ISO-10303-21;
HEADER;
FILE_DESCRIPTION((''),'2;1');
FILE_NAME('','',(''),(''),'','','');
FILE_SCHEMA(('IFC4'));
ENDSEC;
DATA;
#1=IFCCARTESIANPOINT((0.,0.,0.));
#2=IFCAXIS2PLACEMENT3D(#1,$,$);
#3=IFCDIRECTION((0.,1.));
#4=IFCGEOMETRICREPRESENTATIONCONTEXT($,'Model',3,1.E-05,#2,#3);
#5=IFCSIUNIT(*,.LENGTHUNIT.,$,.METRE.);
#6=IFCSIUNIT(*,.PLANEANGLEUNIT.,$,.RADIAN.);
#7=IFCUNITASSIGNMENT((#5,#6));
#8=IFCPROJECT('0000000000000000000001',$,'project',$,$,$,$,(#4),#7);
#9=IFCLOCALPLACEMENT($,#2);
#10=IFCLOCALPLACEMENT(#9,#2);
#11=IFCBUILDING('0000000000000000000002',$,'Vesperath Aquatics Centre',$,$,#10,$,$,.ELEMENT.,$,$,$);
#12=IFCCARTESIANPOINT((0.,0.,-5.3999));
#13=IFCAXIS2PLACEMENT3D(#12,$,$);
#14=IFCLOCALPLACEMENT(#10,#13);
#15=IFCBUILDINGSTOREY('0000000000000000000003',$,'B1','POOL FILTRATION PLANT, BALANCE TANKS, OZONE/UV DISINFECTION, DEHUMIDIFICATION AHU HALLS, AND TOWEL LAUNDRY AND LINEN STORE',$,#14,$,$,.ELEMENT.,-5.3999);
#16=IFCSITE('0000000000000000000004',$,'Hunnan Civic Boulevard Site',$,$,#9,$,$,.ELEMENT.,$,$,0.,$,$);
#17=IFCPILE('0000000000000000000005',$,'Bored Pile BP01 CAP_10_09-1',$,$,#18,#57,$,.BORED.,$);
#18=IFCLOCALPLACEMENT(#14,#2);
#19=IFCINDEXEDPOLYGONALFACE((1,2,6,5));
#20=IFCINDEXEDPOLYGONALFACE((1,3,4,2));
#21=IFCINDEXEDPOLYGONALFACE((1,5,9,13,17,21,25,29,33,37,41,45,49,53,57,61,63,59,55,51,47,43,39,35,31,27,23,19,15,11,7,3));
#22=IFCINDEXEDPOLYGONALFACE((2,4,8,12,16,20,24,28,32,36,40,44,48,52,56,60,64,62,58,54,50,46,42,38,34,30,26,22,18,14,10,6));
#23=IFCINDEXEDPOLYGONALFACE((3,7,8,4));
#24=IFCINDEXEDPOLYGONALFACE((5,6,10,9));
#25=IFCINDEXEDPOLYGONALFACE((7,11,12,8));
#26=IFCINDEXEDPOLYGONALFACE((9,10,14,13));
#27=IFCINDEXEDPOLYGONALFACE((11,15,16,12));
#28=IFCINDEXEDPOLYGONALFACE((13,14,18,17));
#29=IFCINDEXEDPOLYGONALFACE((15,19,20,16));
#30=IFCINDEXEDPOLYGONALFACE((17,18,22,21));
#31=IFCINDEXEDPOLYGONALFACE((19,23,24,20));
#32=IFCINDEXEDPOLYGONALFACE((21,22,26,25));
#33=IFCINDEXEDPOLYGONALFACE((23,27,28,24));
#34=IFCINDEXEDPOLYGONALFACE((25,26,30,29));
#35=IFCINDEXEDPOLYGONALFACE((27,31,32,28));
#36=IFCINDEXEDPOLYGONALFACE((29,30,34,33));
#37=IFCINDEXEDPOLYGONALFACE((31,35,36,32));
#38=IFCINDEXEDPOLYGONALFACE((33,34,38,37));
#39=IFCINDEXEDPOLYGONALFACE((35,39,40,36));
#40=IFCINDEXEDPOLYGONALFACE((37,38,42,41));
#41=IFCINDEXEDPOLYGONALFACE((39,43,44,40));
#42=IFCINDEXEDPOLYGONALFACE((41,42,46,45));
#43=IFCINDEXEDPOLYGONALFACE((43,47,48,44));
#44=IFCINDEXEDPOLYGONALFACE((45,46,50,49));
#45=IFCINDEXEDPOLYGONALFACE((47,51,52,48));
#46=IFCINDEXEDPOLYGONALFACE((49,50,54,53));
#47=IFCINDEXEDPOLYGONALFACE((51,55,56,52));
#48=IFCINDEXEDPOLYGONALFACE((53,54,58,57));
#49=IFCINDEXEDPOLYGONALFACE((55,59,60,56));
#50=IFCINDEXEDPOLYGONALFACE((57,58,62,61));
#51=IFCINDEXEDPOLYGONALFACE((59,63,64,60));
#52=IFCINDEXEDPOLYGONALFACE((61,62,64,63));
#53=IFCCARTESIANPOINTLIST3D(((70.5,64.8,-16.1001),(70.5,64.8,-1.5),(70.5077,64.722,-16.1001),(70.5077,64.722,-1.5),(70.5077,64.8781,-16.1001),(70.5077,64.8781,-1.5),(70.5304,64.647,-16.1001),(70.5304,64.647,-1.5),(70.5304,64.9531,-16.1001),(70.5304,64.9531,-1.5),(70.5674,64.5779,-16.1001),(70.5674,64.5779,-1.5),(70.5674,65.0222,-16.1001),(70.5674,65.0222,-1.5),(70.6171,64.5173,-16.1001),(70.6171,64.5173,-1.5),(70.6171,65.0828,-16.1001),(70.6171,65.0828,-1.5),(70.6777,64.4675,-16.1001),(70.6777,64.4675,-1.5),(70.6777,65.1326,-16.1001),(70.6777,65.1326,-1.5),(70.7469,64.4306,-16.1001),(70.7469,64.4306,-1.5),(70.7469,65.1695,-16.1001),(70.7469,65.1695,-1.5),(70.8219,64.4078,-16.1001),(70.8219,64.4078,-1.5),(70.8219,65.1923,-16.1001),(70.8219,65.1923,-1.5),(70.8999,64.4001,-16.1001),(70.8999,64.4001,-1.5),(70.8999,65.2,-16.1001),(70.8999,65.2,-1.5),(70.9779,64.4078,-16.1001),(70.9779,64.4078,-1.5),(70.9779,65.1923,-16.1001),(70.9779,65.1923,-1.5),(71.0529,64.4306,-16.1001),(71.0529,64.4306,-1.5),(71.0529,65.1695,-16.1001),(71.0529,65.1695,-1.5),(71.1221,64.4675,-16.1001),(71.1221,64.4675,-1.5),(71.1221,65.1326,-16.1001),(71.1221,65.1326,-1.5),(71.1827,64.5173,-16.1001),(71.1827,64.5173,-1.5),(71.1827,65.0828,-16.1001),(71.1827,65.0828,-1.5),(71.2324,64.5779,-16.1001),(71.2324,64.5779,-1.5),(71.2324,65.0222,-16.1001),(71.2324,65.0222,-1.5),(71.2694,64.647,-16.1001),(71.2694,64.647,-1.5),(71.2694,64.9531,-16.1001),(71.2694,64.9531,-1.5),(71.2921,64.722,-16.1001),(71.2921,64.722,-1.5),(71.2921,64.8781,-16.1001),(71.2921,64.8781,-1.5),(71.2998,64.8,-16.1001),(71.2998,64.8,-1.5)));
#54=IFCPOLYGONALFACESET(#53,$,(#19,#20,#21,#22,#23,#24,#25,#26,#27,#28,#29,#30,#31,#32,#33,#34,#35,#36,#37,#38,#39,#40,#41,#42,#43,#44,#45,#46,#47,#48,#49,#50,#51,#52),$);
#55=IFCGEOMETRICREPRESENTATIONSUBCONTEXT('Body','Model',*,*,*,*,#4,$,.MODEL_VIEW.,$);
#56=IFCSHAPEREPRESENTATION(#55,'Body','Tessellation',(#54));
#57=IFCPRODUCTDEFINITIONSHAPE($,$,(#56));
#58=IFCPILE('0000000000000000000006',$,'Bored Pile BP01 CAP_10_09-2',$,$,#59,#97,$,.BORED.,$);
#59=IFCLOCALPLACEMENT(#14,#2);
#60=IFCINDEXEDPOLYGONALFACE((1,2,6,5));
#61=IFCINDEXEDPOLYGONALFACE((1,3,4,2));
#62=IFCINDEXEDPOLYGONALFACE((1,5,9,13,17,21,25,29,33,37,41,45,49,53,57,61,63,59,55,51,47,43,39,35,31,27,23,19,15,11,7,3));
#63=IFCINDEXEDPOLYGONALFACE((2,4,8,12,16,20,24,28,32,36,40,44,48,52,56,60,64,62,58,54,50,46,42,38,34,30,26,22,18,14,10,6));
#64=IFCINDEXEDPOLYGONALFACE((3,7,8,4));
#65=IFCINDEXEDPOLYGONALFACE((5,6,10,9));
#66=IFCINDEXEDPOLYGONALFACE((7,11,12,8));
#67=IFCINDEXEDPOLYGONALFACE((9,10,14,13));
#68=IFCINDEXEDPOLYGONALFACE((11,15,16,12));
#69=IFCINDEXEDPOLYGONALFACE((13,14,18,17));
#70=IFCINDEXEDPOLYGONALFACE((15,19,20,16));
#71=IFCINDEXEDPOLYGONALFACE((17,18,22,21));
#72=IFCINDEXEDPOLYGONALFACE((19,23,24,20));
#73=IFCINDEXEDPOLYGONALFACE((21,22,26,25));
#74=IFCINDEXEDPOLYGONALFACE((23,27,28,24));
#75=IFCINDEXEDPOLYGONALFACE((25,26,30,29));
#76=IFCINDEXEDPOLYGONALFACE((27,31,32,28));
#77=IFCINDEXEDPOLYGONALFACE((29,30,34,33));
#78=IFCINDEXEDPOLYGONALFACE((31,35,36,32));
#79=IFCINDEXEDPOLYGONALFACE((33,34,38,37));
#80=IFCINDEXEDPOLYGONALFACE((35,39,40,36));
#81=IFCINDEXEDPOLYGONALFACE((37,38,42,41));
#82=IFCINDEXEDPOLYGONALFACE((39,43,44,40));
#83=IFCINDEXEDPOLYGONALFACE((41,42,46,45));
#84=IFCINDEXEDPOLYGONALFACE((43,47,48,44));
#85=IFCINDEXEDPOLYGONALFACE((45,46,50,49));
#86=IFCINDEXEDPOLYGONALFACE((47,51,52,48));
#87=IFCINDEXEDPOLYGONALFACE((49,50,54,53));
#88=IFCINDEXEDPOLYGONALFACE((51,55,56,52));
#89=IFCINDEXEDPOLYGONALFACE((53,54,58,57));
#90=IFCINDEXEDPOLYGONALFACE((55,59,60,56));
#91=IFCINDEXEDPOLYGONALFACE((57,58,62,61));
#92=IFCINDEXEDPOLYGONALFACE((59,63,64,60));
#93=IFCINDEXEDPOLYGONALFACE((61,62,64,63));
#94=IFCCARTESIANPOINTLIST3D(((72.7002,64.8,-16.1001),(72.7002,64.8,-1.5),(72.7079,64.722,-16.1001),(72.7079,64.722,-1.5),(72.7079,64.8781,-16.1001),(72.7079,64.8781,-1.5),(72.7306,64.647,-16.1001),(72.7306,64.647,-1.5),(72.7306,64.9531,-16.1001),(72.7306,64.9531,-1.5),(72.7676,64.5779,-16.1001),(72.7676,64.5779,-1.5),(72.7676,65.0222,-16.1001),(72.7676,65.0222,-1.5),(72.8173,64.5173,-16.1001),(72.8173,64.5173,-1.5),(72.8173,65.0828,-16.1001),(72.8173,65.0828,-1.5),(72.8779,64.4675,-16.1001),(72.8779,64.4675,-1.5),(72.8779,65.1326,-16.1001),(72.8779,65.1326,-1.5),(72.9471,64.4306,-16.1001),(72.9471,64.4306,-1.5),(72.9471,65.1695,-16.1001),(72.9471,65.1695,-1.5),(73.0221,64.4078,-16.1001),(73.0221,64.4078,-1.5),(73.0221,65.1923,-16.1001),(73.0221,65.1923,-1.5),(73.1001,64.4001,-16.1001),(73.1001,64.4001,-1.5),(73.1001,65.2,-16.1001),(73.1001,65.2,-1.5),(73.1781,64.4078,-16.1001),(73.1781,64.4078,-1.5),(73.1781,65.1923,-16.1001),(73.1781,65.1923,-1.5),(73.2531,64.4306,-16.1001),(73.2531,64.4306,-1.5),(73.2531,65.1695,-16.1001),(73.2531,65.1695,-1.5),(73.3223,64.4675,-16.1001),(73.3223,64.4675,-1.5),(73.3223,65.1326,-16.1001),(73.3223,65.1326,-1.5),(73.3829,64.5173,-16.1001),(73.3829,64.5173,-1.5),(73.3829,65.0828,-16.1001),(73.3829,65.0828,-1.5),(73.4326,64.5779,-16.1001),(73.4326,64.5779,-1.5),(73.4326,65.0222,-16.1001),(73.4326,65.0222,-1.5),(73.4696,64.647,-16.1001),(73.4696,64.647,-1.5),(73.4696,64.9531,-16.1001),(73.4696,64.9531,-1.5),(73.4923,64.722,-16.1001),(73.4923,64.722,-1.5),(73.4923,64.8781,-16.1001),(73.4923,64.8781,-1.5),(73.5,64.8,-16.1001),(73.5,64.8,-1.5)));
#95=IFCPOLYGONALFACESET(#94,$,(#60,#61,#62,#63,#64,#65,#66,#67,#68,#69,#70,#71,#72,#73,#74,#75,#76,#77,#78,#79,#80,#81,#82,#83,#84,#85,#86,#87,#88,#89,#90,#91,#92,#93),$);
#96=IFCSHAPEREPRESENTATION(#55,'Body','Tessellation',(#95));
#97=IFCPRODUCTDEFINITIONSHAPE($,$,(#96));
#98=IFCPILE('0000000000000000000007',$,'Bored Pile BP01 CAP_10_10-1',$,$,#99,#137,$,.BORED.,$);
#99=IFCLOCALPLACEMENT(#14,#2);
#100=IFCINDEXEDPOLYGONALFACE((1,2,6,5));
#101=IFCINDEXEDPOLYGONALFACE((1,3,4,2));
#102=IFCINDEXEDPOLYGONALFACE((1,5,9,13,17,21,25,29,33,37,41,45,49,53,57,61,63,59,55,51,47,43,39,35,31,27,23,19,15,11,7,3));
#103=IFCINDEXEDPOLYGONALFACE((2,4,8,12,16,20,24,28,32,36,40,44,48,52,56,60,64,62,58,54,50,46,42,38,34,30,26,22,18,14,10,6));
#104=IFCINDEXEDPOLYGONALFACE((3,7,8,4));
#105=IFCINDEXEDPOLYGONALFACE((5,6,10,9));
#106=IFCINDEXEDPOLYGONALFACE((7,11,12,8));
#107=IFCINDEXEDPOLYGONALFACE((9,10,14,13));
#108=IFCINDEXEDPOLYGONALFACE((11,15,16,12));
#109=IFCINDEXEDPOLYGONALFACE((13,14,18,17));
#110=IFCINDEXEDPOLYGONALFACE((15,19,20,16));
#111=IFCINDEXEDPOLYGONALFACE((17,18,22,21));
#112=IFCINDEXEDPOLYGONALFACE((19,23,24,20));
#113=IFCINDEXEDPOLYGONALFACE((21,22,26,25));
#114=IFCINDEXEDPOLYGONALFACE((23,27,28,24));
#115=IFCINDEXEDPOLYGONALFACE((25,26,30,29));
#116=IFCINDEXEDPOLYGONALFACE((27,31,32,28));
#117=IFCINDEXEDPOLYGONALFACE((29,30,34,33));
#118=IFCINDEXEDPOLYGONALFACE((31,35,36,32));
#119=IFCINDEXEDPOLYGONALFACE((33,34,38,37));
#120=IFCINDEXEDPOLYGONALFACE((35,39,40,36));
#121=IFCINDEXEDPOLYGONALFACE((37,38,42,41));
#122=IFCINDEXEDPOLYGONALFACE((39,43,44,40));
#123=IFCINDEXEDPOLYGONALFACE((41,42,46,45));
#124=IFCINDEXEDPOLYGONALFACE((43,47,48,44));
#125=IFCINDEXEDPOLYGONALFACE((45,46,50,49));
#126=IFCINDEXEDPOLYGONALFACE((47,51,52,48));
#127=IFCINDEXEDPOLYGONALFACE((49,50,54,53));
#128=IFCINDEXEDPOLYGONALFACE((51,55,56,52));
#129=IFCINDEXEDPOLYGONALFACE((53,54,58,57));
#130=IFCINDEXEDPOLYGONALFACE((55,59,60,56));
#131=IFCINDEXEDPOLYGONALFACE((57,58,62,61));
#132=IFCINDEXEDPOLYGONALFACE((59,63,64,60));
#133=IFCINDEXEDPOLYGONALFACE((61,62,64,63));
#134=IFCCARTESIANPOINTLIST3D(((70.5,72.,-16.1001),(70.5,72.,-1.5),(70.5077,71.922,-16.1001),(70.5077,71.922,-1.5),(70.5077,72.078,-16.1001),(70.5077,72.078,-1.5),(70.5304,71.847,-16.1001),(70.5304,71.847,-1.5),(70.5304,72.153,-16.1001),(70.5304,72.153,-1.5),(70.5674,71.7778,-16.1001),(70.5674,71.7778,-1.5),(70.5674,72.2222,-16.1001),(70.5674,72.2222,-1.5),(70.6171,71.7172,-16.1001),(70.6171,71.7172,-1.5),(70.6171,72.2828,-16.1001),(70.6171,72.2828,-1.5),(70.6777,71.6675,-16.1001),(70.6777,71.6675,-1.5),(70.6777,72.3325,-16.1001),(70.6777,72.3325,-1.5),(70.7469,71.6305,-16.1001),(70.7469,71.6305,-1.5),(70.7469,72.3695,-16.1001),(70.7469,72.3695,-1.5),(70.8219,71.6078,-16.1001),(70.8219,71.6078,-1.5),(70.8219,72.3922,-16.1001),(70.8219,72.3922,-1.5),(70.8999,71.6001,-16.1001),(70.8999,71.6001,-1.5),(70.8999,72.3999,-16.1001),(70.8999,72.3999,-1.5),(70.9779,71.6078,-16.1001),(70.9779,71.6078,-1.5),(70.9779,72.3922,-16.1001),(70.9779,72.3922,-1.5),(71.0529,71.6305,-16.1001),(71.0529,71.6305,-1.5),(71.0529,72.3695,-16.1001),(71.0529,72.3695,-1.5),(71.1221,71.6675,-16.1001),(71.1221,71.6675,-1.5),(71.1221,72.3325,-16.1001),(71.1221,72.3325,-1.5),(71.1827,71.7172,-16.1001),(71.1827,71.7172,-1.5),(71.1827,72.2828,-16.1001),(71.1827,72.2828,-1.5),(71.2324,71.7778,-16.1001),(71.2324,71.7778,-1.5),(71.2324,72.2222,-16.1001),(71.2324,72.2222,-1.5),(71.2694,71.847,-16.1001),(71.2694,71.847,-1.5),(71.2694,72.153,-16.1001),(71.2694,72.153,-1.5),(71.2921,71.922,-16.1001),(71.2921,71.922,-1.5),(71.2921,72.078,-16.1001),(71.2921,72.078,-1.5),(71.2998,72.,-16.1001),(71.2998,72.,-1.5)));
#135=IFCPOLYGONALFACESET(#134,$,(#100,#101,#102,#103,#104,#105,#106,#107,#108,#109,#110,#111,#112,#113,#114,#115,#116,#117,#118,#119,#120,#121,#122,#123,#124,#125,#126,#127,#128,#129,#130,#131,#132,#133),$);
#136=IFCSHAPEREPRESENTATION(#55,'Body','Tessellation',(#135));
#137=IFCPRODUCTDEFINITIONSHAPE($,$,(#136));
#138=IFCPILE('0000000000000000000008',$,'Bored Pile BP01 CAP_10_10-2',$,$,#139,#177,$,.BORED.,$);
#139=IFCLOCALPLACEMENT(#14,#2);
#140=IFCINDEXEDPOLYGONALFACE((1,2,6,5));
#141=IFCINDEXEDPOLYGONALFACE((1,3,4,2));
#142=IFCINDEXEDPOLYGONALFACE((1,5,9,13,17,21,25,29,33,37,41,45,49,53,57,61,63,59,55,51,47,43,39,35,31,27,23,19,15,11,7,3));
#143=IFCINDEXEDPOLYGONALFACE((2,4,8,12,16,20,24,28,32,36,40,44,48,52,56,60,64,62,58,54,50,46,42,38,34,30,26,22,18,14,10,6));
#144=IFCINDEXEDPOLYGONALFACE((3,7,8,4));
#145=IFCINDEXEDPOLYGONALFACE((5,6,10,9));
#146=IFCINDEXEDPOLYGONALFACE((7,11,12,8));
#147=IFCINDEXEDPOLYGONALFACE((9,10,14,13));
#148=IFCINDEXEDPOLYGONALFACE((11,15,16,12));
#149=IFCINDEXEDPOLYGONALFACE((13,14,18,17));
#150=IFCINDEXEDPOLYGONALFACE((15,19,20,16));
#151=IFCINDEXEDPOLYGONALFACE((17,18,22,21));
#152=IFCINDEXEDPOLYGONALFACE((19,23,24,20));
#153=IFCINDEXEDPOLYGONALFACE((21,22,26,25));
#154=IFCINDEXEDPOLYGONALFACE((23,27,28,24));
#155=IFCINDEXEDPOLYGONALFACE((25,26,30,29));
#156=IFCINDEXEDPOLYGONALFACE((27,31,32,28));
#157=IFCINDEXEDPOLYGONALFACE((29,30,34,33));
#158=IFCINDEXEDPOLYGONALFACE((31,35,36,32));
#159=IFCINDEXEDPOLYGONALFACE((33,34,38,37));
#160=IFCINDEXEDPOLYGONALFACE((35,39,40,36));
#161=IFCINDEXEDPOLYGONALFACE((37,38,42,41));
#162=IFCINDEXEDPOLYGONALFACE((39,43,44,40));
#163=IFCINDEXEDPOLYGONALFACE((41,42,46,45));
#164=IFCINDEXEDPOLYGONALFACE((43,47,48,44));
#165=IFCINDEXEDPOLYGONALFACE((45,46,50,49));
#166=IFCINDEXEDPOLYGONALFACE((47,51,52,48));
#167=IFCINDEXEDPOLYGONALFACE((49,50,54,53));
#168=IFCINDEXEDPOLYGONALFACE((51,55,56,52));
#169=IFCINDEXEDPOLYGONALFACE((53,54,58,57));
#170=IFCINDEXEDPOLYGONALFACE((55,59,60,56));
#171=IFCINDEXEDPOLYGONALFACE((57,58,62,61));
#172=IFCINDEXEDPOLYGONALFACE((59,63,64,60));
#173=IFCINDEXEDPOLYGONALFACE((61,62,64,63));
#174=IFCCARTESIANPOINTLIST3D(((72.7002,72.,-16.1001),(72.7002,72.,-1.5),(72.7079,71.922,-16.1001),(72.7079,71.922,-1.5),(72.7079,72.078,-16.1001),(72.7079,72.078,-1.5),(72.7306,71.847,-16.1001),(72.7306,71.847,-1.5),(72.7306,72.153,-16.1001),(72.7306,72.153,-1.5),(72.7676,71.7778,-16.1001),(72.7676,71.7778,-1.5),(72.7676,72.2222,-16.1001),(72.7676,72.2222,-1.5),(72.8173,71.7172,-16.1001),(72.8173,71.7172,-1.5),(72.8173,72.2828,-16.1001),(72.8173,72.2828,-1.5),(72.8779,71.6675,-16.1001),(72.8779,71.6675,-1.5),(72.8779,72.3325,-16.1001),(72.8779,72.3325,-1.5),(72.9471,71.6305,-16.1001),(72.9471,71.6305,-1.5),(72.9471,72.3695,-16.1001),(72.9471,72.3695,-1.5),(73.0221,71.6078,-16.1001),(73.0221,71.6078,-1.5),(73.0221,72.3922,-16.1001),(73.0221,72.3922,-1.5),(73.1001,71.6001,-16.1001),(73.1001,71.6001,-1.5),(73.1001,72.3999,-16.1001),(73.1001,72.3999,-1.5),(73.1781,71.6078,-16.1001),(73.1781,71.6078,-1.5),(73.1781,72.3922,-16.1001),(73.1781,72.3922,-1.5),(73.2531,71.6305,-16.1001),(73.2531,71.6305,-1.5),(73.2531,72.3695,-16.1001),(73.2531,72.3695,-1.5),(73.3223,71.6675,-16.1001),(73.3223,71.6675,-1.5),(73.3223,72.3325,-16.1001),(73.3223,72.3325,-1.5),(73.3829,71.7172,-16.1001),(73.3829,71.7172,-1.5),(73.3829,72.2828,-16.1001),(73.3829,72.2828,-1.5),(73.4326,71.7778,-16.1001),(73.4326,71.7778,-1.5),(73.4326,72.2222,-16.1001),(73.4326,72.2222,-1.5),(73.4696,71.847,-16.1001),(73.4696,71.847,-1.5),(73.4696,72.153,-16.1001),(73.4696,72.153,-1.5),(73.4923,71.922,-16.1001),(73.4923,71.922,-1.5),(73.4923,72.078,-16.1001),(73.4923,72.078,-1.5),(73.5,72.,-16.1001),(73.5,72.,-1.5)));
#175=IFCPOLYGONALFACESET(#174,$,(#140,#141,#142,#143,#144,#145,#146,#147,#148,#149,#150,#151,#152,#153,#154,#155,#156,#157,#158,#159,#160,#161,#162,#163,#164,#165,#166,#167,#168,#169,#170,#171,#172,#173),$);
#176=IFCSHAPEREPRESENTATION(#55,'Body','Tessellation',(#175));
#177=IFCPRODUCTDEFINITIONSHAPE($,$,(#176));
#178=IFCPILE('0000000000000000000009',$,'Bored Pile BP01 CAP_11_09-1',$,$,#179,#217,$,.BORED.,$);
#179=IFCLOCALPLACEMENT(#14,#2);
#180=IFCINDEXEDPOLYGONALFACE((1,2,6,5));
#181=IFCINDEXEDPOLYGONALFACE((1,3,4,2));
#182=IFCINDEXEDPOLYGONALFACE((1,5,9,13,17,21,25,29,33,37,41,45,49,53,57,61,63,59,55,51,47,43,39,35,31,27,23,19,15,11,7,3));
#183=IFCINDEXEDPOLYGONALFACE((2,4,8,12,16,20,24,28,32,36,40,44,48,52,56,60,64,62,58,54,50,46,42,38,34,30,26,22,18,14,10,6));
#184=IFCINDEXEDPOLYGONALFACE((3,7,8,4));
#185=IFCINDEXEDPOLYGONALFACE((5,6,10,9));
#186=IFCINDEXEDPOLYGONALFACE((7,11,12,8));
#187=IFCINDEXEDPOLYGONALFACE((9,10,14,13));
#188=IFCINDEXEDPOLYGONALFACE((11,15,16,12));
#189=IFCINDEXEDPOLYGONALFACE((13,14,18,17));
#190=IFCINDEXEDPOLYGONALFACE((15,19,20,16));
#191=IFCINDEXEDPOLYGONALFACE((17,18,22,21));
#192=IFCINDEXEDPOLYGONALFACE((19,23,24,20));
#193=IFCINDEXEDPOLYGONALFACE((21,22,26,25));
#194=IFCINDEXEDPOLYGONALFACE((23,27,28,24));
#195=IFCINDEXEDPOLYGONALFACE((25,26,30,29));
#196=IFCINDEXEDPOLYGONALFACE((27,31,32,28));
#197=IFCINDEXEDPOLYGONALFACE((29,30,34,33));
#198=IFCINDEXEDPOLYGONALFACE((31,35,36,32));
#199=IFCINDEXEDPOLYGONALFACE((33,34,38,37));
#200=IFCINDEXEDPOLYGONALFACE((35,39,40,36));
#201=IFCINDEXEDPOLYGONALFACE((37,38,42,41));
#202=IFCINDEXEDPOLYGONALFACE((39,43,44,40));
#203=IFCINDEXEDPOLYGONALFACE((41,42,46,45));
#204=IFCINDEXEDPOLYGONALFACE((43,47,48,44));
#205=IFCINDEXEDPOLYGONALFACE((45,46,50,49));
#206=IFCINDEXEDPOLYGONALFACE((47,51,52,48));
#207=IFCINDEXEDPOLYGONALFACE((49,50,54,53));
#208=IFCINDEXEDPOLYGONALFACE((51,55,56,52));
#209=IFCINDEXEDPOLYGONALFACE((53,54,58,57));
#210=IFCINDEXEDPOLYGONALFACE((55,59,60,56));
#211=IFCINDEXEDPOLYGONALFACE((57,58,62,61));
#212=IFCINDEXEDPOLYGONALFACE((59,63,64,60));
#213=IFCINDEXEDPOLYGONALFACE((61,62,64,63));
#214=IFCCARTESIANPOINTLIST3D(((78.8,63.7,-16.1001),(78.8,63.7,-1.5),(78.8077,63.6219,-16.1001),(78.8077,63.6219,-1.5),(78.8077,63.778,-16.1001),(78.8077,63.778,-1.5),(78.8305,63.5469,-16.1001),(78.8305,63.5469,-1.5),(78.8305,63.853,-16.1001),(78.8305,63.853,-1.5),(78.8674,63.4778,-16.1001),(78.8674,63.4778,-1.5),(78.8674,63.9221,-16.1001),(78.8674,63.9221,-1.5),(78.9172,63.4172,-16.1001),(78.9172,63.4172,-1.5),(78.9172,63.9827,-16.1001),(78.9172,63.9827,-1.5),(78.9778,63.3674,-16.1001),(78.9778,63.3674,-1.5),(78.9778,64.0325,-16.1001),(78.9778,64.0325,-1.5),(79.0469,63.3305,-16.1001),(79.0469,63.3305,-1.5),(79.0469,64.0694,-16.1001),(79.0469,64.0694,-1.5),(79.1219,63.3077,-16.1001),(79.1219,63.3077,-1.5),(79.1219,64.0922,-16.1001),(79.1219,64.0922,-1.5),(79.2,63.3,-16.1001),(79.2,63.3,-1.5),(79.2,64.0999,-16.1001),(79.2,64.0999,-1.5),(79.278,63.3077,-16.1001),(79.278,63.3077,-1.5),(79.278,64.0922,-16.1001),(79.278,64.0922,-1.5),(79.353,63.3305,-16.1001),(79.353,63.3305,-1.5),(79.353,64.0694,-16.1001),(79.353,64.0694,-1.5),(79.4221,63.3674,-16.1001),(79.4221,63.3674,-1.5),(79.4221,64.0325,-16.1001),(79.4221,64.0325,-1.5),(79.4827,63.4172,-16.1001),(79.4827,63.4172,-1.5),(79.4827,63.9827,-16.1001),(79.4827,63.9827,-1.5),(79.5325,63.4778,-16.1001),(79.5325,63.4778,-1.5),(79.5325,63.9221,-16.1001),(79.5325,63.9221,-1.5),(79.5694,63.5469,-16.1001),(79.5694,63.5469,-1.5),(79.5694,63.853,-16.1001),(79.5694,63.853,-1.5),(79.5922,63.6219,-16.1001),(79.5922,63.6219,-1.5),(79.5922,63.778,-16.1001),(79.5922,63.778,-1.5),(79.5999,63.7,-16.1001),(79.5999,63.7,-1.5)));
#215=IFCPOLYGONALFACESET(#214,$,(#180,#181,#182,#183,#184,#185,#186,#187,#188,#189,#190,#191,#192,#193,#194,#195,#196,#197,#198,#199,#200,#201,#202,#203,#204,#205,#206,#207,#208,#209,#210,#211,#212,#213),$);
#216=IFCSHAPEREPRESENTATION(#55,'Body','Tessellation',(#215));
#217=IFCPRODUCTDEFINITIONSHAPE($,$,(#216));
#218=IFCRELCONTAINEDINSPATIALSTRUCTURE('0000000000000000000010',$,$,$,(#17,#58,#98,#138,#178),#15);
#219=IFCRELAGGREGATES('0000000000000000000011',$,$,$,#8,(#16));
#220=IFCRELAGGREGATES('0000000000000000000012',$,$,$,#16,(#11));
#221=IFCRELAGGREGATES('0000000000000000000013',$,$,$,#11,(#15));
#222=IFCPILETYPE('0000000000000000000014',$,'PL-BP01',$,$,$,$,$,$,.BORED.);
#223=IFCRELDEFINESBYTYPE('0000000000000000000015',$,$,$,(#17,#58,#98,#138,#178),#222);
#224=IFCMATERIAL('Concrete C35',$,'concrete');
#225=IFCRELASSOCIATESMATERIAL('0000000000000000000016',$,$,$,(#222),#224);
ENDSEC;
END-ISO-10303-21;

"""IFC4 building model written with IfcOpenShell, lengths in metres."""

from ifc_helpers import new_model, si_unit, direction, frame, origin, origin_2d, place, context, subcontext, project, spatial, circle, extrude, material, material_profile, profile_set, type_object, element, save


model = new_model("IFC4")

# Units and contexts
model_context = context("Model", 3, precision=1e-05, world=origin(), true_north=direction((0.0, 1.0)))
body_context = subcontext(model_context, "Body", "Model", "MODEL_VIEW")
ifc_project = project(units=[si_unit("LENGTHUNIT", "METRE"), si_unit("PLANEANGLEUNIT", "RADIAN")], contexts=[model_context])

# Site, building, storey
site_placement = place(None, origin())
site = spatial("IfcSite", under=ifc_project, at=site_placement, Name="Hunnan Civic Boulevard Site", CompositionType="ELEMENT", RefElevation=0.0)
building_placement = place(site_placement, origin())
building = spatial("IfcBuilding", under=site, at=building_placement, Name="Vesperath Aquatics Centre", CompositionType="ELEMENT")
storey_placement = place(building_placement, frame((0.0, 0.0, -5.3999)))
storey = spatial("IfcBuildingStorey", under=building, at=storey_placement, Name="B1", Description="POOL FILTRATION PLANT, BALANCE TANKS, OZONE/UV DISINFECTION, DEHUMIDIFICATION AHU HALLS, AND TOWEL LAUNDRY AND LINEN STORE", CompositionType="ELEMENT", Elevation=-5.3999)

# Piles
ifc_material_1 = material(Name="Concrete C35", Category="concrete")
ifc_material_profile_1 = material_profile(ifc_material_1, circle(Radius=0.3999, at=origin_2d()), Name="PILE D800")
ifc_profile_set_1 = profile_set([ifc_material_profile_1], Name="Concrete C35")
pile_type = type_object("IfcPileType", Name="PL-BP01", PredefinedType="BORED", material=ifc_profile_set_1)
for number, where, z_axis, x_axis, name in (
    (1, (70.8999, 64.8, -1.5), (0.0, 0.0, -1.0), (1.0, 0.0, 0.0), "Bored Pile BP01 CAP_10_09-1"),
    (2, (73.1001, 64.8, -1.5), (0.0, 0.0, -1.0), (1.0, 0.0, 0.0), "Bored Pile BP01 CAP_10_09-2"),
    (3, (70.8999, 72.0, -1.5), (0.0, 0.0, -1.0), (1.0, 0.0, 0.0), "Bored Pile BP01 CAP_10_10-1"),
    (4, (73.1001, 72.0, -1.5), (0.0, 0.0, -1.0), (1.0, 0.0, 0.0), "Bored Pile BP01 CAP_10_10-2"),
    (5, (79.2, 63.7, -1.5), (0.0, 0.0, -1.0), (1.0, 0.0, 0.0), "Bored Pile BP01 CAP_11_09-1"),
):
    element("IfcPile", number, at=place(storey_placement, frame(where, z_axis=z_axis, x_axis=x_axis)), inside=storey, type_object=pile_type, Name=name, PredefinedType="BORED", context=body_context, shape_type="SweptSolid", body=[
        extrude(circle(Radius=0.3999, at=origin_2d()), origin(), (0.0, 0.0, 1.0), 14.6001),
    ])

save(model, "model.ifc")
